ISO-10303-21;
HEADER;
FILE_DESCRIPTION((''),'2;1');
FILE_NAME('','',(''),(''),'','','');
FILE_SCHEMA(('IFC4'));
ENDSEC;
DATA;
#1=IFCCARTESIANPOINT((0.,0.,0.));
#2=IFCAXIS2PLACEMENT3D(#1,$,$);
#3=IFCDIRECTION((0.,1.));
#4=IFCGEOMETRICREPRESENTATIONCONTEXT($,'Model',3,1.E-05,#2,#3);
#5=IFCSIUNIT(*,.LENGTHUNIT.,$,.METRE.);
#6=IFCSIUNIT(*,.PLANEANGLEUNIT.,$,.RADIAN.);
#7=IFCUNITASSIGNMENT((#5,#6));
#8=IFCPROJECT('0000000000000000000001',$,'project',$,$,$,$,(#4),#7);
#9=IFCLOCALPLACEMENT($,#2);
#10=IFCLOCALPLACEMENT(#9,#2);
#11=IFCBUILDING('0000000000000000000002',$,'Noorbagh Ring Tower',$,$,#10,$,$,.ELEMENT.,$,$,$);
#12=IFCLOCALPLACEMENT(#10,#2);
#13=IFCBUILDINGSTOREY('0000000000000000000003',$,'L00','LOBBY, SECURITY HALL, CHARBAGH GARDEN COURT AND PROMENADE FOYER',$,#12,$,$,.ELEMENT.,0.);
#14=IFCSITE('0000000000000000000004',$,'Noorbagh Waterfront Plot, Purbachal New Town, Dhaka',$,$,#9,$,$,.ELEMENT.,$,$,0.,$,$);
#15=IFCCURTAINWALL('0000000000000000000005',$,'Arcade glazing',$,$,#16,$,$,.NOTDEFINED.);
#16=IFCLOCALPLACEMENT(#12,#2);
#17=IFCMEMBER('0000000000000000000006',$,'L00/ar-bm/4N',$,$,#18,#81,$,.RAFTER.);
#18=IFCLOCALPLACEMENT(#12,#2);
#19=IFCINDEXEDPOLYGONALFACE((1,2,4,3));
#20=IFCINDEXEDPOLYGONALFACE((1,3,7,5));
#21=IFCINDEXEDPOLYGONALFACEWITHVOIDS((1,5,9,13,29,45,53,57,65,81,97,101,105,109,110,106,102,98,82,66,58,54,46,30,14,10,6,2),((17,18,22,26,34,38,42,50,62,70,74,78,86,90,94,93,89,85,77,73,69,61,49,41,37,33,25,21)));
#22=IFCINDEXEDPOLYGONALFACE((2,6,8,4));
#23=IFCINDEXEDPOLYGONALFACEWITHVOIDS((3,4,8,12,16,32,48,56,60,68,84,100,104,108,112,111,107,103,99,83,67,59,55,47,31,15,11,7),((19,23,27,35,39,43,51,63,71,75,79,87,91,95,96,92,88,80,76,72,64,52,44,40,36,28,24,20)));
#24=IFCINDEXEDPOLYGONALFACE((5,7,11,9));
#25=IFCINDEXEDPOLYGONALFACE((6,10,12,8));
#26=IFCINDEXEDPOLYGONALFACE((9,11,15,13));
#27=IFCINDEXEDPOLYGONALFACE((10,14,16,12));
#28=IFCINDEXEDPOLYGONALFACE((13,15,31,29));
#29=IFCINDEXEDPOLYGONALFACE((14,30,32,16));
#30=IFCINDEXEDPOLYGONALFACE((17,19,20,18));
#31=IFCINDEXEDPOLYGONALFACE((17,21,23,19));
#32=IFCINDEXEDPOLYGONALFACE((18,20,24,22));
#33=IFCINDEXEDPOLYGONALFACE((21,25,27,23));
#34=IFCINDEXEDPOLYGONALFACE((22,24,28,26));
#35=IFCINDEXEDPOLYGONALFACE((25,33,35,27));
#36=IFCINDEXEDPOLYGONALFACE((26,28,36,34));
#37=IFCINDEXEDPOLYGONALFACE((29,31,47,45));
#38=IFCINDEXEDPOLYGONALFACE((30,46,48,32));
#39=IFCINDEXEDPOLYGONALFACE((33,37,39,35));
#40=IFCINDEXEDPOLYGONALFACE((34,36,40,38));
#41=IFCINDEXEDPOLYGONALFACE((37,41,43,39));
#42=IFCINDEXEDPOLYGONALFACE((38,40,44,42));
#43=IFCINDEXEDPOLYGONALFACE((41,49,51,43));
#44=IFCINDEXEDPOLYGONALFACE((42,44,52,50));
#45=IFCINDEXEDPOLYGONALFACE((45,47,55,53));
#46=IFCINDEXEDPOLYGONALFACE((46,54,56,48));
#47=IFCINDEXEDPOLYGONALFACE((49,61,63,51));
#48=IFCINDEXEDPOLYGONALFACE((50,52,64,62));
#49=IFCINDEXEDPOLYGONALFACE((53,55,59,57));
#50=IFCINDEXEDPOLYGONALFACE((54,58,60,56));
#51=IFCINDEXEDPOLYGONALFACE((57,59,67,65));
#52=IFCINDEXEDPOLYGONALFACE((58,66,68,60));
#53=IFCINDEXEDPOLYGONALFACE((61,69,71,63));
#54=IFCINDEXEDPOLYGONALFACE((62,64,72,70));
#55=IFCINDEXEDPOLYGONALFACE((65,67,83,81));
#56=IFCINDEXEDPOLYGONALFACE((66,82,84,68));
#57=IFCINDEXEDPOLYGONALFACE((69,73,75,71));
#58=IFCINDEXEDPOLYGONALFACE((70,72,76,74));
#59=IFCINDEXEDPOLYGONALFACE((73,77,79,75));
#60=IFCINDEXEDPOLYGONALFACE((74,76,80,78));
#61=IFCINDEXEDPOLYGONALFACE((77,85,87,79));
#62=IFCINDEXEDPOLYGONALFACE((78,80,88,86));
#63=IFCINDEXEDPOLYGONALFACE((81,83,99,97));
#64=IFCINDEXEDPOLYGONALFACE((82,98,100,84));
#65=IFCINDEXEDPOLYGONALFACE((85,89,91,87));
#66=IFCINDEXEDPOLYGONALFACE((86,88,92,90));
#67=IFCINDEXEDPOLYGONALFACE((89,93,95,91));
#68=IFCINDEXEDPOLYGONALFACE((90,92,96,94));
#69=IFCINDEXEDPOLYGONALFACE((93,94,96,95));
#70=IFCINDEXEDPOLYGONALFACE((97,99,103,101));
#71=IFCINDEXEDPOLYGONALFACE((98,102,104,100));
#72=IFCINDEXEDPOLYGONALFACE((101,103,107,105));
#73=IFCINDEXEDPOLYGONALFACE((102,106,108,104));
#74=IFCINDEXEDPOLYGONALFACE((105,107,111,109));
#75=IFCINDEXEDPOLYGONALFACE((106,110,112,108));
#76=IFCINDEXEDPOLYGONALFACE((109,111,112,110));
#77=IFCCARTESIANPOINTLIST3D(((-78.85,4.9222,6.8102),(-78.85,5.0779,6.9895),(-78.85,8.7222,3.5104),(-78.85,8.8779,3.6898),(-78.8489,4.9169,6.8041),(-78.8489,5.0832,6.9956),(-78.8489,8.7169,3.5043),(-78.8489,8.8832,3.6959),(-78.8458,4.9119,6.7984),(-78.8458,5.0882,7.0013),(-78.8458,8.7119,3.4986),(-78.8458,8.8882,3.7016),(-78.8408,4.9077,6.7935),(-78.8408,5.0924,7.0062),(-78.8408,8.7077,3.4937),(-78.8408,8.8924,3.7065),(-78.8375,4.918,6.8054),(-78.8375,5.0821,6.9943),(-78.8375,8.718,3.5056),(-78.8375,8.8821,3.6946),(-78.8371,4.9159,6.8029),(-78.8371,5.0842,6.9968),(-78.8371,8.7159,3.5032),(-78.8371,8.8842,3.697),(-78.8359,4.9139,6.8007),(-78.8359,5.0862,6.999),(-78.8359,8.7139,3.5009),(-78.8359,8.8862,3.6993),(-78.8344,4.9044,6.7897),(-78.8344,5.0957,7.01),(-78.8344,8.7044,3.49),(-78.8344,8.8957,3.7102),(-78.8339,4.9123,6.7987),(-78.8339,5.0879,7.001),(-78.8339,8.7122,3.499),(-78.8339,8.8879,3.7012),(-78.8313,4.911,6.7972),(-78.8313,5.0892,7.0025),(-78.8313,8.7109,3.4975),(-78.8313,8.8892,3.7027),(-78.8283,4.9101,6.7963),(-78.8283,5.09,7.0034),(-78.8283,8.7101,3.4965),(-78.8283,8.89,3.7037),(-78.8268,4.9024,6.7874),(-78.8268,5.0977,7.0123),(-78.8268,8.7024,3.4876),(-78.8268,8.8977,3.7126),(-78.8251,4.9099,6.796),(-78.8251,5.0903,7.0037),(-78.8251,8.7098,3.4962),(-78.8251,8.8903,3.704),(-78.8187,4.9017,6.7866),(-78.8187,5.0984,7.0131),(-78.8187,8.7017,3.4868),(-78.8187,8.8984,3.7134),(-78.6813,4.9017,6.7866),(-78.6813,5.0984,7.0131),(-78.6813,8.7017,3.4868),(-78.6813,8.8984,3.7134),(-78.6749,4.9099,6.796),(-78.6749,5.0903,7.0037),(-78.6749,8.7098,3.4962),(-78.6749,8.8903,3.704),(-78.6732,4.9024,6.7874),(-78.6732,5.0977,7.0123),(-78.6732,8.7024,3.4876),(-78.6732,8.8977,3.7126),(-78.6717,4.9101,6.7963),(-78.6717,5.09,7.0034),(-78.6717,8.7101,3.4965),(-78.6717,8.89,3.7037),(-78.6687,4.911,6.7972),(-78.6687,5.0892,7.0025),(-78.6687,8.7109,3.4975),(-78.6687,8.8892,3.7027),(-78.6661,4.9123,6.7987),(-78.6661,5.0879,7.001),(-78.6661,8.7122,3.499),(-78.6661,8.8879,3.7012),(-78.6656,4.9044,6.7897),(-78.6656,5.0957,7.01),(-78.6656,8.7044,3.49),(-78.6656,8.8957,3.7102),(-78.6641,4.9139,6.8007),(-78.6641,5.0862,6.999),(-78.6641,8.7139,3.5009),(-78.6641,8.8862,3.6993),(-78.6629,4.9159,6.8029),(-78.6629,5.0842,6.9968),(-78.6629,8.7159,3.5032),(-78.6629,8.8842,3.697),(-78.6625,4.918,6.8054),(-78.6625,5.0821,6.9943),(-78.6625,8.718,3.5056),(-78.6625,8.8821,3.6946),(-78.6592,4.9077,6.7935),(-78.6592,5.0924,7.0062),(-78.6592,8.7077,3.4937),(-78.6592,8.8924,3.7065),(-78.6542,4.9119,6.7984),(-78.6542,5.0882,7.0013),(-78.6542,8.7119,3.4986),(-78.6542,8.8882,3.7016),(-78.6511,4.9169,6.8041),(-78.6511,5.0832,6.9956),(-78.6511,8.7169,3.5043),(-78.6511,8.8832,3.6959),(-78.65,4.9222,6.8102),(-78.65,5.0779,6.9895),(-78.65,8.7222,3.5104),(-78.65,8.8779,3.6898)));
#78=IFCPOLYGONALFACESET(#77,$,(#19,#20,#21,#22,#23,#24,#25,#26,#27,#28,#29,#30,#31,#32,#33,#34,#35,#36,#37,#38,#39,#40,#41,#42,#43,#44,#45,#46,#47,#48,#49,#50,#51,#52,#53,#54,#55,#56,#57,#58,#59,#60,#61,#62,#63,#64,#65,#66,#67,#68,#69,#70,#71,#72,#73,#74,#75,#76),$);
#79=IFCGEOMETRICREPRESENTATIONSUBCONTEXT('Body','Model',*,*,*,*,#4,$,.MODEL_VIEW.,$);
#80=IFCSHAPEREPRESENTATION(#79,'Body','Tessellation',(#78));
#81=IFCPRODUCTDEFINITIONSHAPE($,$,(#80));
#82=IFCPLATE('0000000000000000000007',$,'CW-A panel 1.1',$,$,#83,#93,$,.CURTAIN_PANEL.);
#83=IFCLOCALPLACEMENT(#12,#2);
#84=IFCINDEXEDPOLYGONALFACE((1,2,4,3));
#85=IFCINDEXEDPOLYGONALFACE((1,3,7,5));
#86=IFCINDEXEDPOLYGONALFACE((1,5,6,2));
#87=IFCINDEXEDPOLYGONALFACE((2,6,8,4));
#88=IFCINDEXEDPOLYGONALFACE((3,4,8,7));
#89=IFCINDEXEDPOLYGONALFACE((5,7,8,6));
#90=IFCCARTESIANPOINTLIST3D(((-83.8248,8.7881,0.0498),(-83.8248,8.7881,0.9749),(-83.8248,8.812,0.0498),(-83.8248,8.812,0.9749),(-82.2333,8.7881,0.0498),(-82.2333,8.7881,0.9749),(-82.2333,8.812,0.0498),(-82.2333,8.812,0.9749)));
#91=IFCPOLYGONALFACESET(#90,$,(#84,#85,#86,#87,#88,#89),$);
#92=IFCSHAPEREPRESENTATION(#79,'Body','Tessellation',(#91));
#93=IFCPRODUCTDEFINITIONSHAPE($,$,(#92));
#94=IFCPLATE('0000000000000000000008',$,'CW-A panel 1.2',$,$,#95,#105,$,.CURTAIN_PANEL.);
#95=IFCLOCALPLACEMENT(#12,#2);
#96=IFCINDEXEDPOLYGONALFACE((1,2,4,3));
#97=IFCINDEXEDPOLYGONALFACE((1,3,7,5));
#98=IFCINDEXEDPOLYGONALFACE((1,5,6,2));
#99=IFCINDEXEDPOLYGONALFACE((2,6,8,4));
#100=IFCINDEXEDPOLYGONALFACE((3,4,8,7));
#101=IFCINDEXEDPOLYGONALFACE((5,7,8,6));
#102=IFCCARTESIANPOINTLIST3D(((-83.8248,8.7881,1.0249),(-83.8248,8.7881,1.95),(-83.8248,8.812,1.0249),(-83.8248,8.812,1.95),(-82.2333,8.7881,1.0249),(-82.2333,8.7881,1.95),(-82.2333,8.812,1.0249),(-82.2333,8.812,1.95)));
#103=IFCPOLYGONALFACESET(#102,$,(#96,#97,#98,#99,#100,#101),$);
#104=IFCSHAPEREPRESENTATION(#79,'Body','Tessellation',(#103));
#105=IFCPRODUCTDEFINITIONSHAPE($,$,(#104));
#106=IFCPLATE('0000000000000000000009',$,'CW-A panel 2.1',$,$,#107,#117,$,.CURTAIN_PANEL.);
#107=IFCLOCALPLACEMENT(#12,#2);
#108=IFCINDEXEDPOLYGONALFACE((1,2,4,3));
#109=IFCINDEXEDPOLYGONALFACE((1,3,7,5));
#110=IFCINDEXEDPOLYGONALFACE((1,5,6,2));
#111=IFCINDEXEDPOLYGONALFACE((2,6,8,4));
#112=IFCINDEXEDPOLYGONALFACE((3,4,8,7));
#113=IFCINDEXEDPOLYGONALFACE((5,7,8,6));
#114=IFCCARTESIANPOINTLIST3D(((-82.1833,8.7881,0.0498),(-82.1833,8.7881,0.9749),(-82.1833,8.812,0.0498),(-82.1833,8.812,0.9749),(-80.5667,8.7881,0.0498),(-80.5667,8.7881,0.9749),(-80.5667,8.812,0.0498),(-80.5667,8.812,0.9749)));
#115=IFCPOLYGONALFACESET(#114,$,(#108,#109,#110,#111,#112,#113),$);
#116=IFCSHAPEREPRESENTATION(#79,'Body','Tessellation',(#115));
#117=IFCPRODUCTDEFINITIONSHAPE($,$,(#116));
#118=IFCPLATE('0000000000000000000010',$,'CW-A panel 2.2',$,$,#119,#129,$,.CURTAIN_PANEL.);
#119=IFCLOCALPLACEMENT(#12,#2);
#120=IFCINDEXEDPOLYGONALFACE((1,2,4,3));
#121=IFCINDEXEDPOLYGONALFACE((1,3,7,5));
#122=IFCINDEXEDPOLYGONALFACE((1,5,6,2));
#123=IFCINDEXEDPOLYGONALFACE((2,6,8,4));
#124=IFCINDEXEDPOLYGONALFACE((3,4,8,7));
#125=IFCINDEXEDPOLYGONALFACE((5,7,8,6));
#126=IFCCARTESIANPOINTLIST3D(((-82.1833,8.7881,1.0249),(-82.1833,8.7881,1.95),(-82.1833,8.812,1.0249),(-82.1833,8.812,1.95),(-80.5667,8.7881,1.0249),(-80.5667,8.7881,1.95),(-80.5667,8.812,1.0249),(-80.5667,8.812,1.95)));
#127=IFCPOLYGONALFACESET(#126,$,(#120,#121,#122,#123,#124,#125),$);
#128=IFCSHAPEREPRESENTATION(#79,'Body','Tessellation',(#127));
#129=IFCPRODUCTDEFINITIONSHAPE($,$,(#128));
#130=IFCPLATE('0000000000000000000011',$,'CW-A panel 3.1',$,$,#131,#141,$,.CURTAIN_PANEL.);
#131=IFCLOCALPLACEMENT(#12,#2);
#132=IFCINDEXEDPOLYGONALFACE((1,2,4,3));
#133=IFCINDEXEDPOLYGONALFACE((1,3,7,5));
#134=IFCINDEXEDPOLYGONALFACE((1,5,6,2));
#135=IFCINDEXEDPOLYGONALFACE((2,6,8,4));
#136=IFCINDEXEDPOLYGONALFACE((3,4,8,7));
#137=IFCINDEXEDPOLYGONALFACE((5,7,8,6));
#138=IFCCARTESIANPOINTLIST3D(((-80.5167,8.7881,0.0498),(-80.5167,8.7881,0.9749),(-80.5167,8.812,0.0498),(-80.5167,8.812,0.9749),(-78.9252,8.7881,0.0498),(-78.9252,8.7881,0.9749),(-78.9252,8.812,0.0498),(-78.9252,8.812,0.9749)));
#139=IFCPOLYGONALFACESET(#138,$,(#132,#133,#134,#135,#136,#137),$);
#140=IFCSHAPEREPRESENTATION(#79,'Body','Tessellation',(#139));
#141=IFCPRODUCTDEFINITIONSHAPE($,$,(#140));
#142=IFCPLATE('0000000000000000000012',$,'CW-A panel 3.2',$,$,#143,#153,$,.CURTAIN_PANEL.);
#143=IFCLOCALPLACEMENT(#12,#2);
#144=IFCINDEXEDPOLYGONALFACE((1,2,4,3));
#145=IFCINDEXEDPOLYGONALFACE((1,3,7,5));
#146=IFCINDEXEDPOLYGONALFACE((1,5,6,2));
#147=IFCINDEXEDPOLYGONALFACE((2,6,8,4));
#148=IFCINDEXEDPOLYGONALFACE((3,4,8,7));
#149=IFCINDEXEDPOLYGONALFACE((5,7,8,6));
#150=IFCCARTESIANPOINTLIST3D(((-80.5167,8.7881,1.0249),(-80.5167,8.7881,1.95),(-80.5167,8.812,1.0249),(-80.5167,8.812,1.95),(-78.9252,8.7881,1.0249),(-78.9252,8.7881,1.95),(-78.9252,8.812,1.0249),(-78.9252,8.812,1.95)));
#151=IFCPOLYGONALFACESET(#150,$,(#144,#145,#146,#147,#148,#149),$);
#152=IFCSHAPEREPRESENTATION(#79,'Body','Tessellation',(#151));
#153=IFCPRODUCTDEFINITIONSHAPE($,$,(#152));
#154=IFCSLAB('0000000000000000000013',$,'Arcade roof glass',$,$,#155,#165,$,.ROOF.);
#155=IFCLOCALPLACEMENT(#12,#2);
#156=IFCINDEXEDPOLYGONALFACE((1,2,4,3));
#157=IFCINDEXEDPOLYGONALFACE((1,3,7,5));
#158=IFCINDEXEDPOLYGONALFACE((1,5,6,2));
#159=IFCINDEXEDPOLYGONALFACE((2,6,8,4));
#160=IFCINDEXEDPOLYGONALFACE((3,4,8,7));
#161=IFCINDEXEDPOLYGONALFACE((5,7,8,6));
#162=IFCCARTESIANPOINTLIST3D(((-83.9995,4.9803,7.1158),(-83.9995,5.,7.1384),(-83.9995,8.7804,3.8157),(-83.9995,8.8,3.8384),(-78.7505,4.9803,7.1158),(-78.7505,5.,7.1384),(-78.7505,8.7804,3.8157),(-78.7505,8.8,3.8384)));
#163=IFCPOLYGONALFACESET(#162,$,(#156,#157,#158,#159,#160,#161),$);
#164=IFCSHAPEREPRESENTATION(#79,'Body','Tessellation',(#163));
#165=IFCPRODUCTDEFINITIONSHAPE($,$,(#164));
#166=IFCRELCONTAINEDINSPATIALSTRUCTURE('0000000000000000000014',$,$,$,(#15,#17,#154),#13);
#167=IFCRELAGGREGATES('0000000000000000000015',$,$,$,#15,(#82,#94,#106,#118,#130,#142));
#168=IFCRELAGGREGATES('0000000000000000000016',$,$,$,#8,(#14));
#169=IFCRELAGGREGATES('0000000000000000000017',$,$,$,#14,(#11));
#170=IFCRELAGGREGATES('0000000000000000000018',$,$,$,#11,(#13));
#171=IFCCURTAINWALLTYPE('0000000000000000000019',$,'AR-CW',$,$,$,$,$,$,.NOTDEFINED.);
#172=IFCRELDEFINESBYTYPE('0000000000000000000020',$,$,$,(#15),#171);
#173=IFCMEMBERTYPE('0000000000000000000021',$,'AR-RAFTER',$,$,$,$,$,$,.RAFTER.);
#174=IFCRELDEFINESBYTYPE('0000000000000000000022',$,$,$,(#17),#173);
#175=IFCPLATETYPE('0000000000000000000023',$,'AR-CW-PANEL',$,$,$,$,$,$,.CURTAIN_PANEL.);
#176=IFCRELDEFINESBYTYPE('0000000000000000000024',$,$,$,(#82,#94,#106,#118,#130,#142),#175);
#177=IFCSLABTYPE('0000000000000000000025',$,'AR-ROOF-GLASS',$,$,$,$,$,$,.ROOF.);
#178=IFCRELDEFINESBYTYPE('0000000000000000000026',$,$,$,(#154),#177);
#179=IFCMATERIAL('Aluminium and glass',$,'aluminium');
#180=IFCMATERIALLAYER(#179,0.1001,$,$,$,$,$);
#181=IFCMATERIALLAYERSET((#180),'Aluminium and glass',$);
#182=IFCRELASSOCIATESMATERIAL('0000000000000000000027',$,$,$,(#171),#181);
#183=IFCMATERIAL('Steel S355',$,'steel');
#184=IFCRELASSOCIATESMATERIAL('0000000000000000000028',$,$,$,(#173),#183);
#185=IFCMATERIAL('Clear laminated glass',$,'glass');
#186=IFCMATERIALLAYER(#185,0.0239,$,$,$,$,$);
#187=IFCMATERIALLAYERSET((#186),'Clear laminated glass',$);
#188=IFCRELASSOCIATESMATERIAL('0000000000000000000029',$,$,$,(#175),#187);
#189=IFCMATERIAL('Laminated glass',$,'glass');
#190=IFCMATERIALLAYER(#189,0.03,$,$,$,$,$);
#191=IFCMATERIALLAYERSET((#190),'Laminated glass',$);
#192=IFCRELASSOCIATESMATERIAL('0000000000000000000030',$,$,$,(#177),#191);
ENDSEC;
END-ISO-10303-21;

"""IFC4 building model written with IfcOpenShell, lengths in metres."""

from ifc_helpers import new_model, si_unit, direction, frame, origin, origin_2d, place, context, subcontext, project, spatial, polyline, rectangle, hollow_rectangle, outline, extrude, material, layer, layer_set, material_profile, profile_set, type_object, element, aggregate, save


model = new_model("IFC4")

# Units and contexts
model_context = context("Model", 3, precision=1e-05, world=origin(), true_north=direction((0.0, 1.0)))
body_context = subcontext(model_context, "Body", "Model", "MODEL_VIEW")
ifc_project = project(units=[si_unit("LENGTHUNIT", "METRE"), si_unit("PLANEANGLEUNIT", "RADIAN")], contexts=[model_context])

# Site, building, storey
site_placement = place(None, origin())
site = spatial("IfcSite", under=ifc_project, at=site_placement, Name="Noorbagh Waterfront Plot, Purbachal New Town, Dhaka", CompositionType="ELEMENT", RefElevation=0.0)
building_placement = place(site_placement, origin())
building = spatial("IfcBuilding", under=site, at=building_placement, Name="Noorbagh Ring Tower", CompositionType="ELEMENT")
storey_placement = place(building_placement, origin())
storey = spatial("IfcBuildingStorey", under=building, at=storey_placement, Name="L00", Description="LOBBY, SECURITY HALL, CHARBAGH GARDEN COURT AND PROMENADE FOYER", CompositionType="ELEMENT", Elevation=0.0)

# Curtain wall
ifc_material_1 = material(Name="Aluminium and glass", Category="aluminium")
ifc_layer_1 = layer(ifc_material_1, 0.1001)
ifc_layer_set_1 = layer_set([ifc_layer_1], Name="Aluminium and glass")
curtain_wall_type = type_object("IfcCurtainWallType", Name="AR-CW", PredefinedType="NOTDEFINED", material=ifc_layer_set_1)
curtain_wall_placement = place(storey_placement, origin())
curtain_wall = element("IfcCurtainWall", 1, at=curtain_wall_placement, inside=storey, type_object=curtain_wall_type, Name="Arcade glazing", PredefinedType="NOTDEFINED")

# Member
ifc_material_2 = material(Name="Steel S355", Category="steel")
ifc_material_profile_1 = material_profile(ifc_material_2, hollow_rectangle(XDim=0.2, YDim=0.3, WallThickness=0.0125, InnerFilletRadius=0.0125, OuterFilletRadius=0.0312, at=origin_2d()), Name="RHS300x200x12.5")
ifc_profile_set_1 = profile_set([ifc_material_profile_1], Name="Steel S355")
member_type_1 = type_object("IfcMemberType", Name="AR-RAFTER", PredefinedType="RAFTER", material=ifc_profile_set_1)
member_1_placement = place(storey_placement, frame((-78.75, 8.8, 3.6001), z_axis=(0.0, -0.755057, 0.65566), x_axis=(1.0, 0.0, 0.0)))
element("IfcMember", 2, at=member_1_placement, inside=storey, type_object=member_type_1, Name="L00/ar-bm/4N", PredefinedType="RAFTER", context=body_context, shape_type="SweptSolid", body=[
    extrude(hollow_rectangle(XDim=0.2, YDim=0.3, WallThickness=0.0125, InnerFilletRadius=0.0125, OuterFilletRadius=0.0312, at=origin_2d()), origin(), (0.0, 0.0, 1.0), 5.0327),
])

# Plates
ifc_material_3 = material(Name="Clear laminated glass", Category="glass")
ifc_layer_2 = layer(ifc_material_3, 0.0239)
ifc_layer_set_2 = layer_set([ifc_layer_2], Name="Clear laminated glass")
plate_type = type_object("IfcPlateType", Name="AR-CW-PANEL", PredefinedType="CURTAIN_PANEL", material=ifc_layer_set_2)
plate_1_placement = place(storey_placement, frame((-83.0291, 8.8, 0.0498), z_axis=(0.0, 0.0, 1.0), x_axis=(1.0, 0.0, 0.0)))
plate_1 = element("IfcPlate", 3, at=plate_1_placement, type_object=plate_type, Name="CW-A panel 1.1", PredefinedType="CURTAIN_PANEL", context=body_context, shape_type="SweptSolid", body=[
    extrude(rectangle(XDim=1.5916, YDim=0.0239, at=origin_2d()), origin(), (0.0, 0.0, 1.0), 0.925),
])
plate_2_placement = place(storey_placement, frame((-83.0291, 8.8, 1.0249), z_axis=(0.0, 0.0, 1.0), x_axis=(1.0, 0.0, 0.0)))
plate_2 = element("IfcPlate", 4, at=plate_2_placement, type_object=plate_type, Name="CW-A panel 1.2", PredefinedType="CURTAIN_PANEL", context=body_context, shape_type="SweptSolid", body=[
    extrude(rectangle(XDim=1.5916, YDim=0.0239, at=origin_2d()), origin(), (0.0, 0.0, 1.0), 0.925),
])
plate_3_placement = place(storey_placement, frame((-81.375, 8.8, 0.0498), z_axis=(0.0, 0.0, 1.0), x_axis=(1.0, 0.0, 0.0)))
plate_3 = element("IfcPlate", 5, at=plate_3_placement, type_object=plate_type, Name="CW-A panel 2.1", PredefinedType="CURTAIN_PANEL", context=body_context, shape_type="SweptSolid", body=[
    extrude(rectangle(XDim=1.6167, YDim=0.0239, at=origin_2d()), origin(), (0.0, 0.0, 1.0), 0.925),
])
plate_4_placement = place(storey_placement, frame((-81.375, 8.8, 1.0249), z_axis=(0.0, 0.0, 1.0), x_axis=(1.0, 0.0, 0.0)))
plate_4 = element("IfcPlate", 6, at=plate_4_placement, type_object=plate_type, Name="CW-A panel 2.2", PredefinedType="CURTAIN_PANEL", context=body_context, shape_type="SweptSolid", body=[
    extrude(rectangle(XDim=1.6167, YDim=0.0239, at=origin_2d()), origin(), (0.0, 0.0, 1.0), 0.925),
])
plate_5_placement = place(storey_placement, frame((-79.7209, 8.8, 0.0498), z_axis=(0.0, 0.0, 1.0), x_axis=(1.0, 0.0, 0.0)))
plate_5 = element("IfcPlate", 7, at=plate_5_placement, type_object=plate_type, Name="CW-A panel 3.1", PredefinedType="CURTAIN_PANEL", context=body_context, shape_type="SweptSolid", body=[
    extrude(rectangle(XDim=1.5916, YDim=0.0239, at=origin_2d()), origin(), (0.0, 0.0, 1.0), 0.925),
])
plate_6_placement = place(storey_placement, frame((-79.7209, 8.8, 1.0249), z_axis=(0.0, 0.0, 1.0), x_axis=(1.0, 0.0, 0.0)))
plate_6 = element("IfcPlate", 8, at=plate_6_placement, type_object=plate_type, Name="CW-A panel 3.2", PredefinedType="CURTAIN_PANEL", context=body_context, shape_type="SweptSolid", body=[
    extrude(rectangle(XDim=1.5916, YDim=0.0239, at=origin_2d()), origin(), (0.0, 0.0, 1.0), 0.925),
])
aggregate(curtain_wall, [plate_1, plate_2, plate_3, plate_4, plate_5, plate_6])

# Slab
ifc_material_4 = material(Name="Laminated glass", Category="glass")
ifc_layer_3 = layer(ifc_material_4, 0.03)
ifc_layer_set_3 = layer_set([ifc_layer_3], Name="Laminated glass")
slab_type = type_object("IfcSlabType", Name="AR-ROOF-GLASS", PredefinedType="ROOF", material=ifc_layer_set_3)
slab_placement = place(storey_placement, frame((-83.9995, 8.8, 3.8384), z_axis=(0.0, 0.655687, 0.755032), x_axis=(1.0, 0.0, 0.0)))
element("IfcSlab", 9, at=slab_placement, inside=storey, type_object=slab_type, Name="Arcade roof glass", PredefinedType="ROOF", context=body_context, shape_type="SweptSolid", body=[
    extrude(outline(polyline([(0.0, 0.0), (5.249, 0.0), (5.249, -5.033), (0.0, -5.033), (0.0, 0.0)])), origin(), (0.0, 0.0, -1.0), 0.03),
])

save(model, "model.ifc")
